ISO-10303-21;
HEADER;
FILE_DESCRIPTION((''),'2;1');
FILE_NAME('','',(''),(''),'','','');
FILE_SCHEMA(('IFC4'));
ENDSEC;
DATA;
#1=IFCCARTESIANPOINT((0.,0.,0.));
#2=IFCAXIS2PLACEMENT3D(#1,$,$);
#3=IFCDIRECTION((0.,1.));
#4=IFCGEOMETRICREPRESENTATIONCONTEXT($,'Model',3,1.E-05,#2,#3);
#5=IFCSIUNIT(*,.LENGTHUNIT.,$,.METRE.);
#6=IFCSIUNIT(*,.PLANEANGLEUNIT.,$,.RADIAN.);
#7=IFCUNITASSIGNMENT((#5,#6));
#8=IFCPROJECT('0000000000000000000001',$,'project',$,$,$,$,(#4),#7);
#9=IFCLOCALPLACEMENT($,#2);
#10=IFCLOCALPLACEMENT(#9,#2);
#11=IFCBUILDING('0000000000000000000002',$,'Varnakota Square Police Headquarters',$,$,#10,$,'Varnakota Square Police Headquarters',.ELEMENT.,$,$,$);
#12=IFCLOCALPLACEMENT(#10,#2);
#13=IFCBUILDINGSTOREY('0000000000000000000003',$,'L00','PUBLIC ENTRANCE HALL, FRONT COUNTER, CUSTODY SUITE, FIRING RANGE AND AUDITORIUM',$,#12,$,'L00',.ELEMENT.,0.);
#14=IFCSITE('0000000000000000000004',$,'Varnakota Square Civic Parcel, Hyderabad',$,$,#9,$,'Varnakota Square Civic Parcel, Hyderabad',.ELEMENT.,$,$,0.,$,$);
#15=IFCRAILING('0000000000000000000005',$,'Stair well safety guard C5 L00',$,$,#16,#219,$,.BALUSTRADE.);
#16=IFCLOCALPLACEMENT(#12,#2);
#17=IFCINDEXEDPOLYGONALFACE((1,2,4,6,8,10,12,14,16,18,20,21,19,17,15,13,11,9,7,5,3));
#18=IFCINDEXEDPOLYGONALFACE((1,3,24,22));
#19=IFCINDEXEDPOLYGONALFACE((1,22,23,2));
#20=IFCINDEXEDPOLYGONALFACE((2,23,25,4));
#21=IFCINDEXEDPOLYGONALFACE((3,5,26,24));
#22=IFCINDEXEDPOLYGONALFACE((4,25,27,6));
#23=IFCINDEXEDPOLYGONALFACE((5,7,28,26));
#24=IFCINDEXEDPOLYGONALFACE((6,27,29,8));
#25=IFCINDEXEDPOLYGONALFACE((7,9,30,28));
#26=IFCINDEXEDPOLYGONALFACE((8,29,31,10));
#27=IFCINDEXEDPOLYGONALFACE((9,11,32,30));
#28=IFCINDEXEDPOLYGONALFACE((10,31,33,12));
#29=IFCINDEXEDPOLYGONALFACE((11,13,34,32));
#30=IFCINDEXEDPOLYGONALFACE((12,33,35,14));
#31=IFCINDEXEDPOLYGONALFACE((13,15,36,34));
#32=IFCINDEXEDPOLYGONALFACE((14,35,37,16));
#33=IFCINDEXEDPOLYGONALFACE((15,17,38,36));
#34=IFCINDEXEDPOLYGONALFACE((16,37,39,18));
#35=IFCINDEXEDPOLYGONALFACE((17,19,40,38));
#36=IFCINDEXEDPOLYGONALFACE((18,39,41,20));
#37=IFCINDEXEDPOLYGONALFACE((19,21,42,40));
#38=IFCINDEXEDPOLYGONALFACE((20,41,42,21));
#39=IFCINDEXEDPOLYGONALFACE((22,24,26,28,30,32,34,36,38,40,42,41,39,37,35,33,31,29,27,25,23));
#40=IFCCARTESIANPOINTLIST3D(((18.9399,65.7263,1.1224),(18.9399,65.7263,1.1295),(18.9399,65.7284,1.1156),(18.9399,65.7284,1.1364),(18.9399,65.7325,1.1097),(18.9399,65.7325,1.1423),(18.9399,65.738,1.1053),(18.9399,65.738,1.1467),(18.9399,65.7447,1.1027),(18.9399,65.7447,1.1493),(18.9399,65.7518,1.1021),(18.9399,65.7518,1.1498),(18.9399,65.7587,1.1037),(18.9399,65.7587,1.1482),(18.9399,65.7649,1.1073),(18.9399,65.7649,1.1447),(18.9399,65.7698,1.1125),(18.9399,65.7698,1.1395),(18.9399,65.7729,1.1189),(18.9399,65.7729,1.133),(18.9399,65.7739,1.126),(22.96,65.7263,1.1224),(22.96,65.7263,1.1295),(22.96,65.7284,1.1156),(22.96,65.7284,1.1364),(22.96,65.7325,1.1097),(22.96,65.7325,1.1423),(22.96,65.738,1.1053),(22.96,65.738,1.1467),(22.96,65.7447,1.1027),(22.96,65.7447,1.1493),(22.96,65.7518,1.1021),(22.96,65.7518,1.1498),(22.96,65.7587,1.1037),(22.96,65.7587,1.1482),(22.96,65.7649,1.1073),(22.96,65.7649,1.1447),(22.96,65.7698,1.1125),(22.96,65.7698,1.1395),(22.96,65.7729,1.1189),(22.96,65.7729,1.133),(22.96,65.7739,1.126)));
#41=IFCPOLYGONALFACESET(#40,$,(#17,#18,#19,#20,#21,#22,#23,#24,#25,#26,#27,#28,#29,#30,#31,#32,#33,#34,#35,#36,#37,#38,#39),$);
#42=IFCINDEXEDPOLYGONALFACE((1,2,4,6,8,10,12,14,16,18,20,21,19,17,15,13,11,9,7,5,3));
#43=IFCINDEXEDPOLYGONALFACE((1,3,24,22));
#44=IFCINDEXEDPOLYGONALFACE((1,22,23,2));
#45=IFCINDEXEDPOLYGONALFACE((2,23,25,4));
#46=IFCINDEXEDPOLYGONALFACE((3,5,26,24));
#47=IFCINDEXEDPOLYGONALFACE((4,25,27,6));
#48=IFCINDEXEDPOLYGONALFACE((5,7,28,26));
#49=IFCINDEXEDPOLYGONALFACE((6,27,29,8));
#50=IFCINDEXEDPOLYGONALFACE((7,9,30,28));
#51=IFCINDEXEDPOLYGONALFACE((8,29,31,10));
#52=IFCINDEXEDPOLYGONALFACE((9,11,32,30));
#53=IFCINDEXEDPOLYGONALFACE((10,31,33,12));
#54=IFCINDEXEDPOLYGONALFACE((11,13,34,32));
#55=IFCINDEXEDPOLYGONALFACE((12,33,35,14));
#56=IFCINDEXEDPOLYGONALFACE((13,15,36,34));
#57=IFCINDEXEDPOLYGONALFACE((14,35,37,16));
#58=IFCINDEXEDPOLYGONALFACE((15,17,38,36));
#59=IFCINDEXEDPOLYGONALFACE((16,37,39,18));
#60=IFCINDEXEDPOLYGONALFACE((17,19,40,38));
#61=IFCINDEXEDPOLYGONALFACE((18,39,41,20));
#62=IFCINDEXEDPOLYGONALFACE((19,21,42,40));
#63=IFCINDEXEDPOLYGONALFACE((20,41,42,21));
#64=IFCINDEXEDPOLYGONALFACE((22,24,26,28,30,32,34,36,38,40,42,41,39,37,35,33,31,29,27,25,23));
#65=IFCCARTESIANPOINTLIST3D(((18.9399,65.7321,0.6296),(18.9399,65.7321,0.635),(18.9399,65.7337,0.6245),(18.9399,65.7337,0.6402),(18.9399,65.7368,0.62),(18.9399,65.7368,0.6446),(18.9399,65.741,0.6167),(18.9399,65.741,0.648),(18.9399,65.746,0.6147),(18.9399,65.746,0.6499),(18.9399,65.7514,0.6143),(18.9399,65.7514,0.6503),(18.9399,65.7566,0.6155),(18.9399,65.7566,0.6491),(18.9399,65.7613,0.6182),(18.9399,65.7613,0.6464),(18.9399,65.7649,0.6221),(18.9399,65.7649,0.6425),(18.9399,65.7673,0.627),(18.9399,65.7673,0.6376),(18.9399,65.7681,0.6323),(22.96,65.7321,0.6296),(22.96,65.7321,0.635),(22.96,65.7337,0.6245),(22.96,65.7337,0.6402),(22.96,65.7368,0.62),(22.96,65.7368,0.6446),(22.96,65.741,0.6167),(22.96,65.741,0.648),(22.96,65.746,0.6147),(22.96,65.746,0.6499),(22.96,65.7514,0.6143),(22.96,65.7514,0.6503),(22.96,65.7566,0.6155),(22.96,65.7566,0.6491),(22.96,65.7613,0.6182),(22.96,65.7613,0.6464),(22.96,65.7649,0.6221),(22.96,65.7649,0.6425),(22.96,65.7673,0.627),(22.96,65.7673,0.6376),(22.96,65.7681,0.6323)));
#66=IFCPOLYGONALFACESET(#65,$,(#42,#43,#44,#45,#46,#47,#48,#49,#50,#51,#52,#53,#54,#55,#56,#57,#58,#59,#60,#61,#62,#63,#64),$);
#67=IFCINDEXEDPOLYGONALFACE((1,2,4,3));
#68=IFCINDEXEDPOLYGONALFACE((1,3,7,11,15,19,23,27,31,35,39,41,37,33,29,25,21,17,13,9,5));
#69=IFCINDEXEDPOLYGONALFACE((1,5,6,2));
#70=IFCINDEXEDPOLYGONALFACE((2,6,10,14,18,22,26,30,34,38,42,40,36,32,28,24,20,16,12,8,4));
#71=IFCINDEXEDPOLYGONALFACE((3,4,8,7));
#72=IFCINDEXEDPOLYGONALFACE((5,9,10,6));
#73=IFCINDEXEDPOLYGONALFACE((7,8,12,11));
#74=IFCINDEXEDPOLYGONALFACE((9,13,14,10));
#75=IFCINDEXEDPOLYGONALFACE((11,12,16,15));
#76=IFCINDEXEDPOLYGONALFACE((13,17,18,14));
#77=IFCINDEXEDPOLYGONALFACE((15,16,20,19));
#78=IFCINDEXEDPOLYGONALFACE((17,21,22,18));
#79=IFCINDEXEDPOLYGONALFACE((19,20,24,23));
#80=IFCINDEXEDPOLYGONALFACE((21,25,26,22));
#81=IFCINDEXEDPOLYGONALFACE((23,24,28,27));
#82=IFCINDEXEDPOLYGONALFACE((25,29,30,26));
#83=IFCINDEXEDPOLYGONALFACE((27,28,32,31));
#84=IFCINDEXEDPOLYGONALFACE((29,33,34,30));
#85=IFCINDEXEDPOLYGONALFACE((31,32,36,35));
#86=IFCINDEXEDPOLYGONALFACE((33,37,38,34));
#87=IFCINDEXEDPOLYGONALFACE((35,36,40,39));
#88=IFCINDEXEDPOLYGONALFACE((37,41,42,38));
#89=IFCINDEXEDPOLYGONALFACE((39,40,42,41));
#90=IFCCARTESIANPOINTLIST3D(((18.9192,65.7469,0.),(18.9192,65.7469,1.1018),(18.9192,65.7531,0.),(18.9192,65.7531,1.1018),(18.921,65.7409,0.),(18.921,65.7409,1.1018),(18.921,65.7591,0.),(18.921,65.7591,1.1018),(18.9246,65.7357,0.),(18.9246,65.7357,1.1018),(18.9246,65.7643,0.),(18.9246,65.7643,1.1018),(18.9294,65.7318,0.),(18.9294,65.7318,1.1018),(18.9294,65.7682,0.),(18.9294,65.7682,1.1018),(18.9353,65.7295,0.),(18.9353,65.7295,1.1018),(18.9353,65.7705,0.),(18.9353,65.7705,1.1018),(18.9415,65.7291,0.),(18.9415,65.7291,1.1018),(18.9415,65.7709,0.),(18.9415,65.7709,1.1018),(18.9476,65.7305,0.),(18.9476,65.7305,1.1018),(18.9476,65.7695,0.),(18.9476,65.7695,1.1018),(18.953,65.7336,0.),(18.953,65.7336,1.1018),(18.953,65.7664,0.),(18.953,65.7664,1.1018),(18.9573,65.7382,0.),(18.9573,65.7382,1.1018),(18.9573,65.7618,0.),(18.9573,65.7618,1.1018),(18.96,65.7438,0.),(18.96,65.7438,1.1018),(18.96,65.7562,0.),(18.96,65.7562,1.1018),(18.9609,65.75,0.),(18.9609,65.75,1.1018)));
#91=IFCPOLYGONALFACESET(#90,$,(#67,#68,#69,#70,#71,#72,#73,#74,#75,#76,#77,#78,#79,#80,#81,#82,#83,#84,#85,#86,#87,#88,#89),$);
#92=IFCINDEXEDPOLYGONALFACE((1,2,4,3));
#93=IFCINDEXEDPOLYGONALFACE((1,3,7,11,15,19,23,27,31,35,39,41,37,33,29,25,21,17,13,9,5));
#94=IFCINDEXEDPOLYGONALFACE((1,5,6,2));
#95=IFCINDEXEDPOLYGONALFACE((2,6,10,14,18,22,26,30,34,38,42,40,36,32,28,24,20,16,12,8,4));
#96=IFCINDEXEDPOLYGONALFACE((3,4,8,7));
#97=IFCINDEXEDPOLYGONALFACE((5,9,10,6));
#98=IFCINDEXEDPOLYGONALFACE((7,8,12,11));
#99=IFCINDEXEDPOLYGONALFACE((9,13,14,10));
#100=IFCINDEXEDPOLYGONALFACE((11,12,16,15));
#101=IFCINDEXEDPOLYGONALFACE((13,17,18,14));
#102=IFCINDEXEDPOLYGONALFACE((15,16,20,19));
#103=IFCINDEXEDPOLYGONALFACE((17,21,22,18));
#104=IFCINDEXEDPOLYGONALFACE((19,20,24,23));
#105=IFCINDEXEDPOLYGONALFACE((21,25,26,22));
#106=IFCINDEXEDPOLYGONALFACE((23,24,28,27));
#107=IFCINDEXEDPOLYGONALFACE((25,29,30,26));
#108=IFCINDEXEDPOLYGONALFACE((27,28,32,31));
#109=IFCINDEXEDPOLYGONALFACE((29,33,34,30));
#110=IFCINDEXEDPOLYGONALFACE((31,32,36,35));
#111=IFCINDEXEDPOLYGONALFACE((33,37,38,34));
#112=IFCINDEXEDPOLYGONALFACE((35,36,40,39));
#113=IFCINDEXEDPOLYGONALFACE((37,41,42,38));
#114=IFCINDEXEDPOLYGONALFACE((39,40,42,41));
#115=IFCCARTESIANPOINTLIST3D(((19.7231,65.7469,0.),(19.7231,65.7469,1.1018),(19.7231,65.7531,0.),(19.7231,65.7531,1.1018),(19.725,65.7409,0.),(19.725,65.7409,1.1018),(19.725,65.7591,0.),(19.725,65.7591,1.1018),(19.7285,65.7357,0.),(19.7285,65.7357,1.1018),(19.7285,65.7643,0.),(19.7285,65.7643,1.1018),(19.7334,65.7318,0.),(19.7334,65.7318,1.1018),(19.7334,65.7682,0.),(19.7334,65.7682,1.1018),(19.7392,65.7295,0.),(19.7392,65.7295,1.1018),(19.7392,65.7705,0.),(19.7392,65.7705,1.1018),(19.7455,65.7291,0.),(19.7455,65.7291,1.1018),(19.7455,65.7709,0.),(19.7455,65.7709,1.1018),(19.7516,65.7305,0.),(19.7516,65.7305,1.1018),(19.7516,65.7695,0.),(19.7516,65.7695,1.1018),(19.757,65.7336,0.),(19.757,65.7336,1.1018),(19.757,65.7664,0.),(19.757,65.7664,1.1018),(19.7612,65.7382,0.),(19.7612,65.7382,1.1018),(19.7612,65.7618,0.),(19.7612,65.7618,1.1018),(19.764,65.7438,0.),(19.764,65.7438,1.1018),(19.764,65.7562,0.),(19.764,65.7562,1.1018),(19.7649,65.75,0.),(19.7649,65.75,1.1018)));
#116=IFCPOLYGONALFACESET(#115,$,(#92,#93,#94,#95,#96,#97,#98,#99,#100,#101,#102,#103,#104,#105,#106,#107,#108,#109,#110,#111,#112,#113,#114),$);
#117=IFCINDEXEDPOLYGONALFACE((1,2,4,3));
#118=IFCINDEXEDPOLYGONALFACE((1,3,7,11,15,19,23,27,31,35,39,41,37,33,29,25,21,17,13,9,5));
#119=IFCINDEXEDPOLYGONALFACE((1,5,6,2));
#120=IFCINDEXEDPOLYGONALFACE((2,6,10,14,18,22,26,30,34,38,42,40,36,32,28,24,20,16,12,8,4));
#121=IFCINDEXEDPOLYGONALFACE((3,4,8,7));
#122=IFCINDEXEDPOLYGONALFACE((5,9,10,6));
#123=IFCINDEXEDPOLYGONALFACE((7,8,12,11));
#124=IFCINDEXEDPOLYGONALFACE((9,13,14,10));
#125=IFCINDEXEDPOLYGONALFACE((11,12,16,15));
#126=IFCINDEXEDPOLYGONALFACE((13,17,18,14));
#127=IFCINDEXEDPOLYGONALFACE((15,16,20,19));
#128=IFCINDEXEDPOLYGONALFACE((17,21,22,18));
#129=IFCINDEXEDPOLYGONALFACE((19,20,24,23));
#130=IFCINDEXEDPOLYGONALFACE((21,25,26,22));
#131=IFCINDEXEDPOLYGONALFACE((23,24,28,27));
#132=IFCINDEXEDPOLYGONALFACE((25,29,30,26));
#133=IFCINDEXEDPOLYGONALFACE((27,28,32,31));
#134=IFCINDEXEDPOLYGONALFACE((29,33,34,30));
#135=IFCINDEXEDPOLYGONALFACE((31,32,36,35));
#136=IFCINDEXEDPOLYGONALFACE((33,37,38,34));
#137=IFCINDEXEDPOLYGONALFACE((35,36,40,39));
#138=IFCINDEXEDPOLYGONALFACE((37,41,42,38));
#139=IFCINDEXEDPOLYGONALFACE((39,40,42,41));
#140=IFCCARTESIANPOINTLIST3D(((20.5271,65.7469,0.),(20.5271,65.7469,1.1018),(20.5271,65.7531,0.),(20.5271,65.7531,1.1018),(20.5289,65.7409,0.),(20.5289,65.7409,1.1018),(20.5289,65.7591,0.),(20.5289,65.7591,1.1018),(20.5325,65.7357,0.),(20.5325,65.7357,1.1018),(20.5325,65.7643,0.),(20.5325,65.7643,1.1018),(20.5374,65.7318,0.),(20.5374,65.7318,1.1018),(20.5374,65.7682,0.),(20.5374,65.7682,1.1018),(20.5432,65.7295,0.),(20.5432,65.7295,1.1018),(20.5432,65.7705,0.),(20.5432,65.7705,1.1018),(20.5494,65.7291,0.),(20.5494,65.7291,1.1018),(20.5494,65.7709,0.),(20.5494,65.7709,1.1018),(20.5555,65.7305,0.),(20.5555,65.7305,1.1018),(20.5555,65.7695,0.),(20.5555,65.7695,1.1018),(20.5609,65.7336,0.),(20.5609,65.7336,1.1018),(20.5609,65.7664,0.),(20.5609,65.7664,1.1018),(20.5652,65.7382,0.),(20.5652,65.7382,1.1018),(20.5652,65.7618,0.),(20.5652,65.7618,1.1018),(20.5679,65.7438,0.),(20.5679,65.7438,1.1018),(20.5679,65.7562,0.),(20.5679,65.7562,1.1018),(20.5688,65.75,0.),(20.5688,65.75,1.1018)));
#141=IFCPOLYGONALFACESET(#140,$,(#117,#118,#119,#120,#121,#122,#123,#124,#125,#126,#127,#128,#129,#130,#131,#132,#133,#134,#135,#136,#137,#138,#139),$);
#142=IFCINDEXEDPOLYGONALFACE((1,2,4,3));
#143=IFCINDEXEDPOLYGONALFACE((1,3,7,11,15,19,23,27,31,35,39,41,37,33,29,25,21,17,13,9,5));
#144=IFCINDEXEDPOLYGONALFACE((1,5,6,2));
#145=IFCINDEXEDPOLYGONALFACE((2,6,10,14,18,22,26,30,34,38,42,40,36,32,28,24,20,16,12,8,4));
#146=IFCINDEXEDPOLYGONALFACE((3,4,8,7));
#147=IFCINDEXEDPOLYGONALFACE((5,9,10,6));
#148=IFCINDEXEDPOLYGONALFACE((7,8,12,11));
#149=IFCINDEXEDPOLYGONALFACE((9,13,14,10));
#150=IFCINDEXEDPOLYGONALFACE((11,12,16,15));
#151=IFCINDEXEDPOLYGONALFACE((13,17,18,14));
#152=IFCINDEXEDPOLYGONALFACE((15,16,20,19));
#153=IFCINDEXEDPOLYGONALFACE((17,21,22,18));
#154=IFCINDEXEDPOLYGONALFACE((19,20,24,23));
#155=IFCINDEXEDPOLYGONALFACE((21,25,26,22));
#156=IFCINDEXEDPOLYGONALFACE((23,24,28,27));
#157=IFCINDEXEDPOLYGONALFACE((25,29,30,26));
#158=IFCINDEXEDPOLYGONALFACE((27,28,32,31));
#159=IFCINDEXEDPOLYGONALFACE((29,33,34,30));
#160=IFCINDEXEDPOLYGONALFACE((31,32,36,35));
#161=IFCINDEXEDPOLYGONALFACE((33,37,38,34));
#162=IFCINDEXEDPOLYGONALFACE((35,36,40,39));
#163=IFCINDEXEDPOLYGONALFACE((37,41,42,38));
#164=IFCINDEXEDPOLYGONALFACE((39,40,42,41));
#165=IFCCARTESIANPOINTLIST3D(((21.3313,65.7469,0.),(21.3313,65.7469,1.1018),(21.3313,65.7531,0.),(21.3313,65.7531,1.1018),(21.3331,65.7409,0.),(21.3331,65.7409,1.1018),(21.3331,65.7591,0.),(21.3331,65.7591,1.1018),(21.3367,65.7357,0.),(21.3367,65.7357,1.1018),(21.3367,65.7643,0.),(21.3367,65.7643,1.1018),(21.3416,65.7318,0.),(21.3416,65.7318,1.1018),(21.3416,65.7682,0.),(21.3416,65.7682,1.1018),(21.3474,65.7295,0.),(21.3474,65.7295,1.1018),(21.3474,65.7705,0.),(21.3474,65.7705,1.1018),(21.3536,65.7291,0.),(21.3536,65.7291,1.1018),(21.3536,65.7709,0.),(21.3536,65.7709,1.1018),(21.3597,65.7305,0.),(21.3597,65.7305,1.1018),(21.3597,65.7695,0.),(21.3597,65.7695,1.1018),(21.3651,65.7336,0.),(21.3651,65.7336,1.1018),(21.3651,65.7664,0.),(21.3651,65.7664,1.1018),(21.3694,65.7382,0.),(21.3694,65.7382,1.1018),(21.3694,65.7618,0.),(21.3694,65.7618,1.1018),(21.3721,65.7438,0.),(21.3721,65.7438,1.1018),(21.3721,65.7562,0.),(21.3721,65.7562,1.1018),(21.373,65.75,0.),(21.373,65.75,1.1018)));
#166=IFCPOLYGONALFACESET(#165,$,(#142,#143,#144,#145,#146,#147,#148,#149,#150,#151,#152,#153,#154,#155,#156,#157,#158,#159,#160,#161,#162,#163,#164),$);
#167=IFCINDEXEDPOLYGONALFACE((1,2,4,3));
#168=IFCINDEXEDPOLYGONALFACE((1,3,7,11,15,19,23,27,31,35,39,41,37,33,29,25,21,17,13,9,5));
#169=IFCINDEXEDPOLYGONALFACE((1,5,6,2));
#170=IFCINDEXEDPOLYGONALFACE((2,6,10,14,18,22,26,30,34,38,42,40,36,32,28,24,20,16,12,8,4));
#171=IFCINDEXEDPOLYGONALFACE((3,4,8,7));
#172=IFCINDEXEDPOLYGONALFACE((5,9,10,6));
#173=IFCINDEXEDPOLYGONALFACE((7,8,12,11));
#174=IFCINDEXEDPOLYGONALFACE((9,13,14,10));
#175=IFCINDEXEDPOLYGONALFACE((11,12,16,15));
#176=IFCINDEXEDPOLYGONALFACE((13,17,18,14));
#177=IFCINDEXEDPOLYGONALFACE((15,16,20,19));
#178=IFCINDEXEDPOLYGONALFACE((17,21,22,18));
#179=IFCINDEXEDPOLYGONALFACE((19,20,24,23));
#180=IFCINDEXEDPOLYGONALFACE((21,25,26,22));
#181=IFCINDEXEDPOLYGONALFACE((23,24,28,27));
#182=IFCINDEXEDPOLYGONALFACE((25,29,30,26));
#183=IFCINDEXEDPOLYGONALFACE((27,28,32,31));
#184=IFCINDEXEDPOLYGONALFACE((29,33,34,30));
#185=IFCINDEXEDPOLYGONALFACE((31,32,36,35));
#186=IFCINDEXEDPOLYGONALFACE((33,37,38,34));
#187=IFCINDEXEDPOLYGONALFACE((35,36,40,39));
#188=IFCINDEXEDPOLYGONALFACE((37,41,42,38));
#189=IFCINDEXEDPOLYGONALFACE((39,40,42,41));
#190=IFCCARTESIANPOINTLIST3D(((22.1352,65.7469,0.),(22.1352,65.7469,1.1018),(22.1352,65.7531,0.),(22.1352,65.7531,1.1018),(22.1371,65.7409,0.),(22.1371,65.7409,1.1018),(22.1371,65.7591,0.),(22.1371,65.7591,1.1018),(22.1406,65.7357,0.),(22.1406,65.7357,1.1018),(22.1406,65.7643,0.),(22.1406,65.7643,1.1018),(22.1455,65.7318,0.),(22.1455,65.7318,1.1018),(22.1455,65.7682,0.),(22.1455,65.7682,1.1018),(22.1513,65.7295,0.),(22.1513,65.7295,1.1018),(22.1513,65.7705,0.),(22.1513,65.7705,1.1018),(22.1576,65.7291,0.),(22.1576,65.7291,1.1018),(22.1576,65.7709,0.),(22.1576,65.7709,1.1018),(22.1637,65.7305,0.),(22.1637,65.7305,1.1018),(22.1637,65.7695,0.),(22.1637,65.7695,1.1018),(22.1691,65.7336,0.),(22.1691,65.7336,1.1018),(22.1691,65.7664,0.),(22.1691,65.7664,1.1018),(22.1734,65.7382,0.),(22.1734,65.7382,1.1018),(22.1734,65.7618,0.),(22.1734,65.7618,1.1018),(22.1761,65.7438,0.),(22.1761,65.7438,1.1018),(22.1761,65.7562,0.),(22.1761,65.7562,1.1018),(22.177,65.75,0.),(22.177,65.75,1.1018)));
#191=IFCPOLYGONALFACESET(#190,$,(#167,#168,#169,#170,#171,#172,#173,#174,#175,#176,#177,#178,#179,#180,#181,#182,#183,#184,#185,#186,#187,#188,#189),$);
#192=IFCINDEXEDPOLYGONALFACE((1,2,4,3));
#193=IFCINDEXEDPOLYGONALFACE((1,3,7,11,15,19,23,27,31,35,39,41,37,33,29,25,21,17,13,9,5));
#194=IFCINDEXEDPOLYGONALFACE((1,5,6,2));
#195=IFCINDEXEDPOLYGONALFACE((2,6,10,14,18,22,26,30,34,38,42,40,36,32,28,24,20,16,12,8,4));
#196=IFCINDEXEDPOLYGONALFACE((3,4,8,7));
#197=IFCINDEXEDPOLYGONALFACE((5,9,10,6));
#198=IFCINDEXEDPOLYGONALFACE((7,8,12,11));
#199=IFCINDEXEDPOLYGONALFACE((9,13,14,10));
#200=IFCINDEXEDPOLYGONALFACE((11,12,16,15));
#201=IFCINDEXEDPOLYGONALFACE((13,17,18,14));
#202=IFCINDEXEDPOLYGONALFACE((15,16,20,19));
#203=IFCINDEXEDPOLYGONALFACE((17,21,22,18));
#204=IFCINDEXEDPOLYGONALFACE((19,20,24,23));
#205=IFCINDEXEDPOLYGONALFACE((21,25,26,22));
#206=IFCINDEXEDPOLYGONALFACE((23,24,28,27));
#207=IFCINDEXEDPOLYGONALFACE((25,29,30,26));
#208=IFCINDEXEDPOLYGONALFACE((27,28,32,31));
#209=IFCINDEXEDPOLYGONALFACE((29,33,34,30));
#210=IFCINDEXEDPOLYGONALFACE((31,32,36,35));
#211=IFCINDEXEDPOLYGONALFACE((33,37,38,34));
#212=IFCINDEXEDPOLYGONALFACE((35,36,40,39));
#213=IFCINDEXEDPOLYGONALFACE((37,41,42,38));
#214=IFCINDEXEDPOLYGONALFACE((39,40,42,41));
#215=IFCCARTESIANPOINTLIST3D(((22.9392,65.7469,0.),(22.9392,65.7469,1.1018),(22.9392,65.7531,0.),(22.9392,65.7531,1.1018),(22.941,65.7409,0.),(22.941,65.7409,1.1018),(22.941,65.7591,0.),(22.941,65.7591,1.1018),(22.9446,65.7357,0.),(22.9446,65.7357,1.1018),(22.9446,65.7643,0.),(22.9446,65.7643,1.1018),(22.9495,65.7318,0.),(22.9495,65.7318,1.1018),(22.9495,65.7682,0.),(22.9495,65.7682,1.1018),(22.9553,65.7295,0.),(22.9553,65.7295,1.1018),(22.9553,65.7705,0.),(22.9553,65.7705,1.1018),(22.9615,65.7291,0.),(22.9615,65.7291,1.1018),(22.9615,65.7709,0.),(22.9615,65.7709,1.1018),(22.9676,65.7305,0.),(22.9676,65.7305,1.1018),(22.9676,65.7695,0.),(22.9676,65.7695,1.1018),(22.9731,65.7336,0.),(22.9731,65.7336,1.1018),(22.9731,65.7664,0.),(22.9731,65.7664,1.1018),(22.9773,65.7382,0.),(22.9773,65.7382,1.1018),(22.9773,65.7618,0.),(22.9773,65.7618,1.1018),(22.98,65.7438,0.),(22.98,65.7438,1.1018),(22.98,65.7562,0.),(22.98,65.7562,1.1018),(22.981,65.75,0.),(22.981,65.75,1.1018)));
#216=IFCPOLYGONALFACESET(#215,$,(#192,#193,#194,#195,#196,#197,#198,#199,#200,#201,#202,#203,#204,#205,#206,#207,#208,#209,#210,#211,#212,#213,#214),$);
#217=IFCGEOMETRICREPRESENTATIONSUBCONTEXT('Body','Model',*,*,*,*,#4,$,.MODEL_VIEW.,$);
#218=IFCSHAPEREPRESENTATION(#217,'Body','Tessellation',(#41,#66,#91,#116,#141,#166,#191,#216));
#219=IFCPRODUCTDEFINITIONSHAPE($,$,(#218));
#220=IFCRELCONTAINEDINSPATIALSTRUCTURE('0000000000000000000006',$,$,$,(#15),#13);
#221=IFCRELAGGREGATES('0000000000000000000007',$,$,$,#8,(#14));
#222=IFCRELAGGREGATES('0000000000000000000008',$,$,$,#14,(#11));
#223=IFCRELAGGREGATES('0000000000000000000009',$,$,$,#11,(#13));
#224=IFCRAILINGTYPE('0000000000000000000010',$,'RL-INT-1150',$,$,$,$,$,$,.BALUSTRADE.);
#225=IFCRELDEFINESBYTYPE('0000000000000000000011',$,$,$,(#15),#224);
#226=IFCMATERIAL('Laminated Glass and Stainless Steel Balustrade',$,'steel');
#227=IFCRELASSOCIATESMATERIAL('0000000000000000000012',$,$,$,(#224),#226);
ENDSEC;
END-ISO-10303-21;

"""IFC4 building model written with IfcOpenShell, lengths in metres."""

from ifc_helpers import new_model, si_unit, direction, frame, origin, origin_2d, place, context, subcontext, project, spatial, circle, extrude, material, type_object, element, save


model = new_model("IFC4")

# Units and contexts
model_context = context("Model", 3, precision=1e-05, world=origin(), true_north=direction((0.0, 1.0)))
body_context = subcontext(model_context, "Body", "Model", "MODEL_VIEW")
ifc_project = project(units=[si_unit("LENGTHUNIT", "METRE"), si_unit("PLANEANGLEUNIT", "RADIAN")], contexts=[model_context])

# Site, building, storey
site_placement = place(None, origin())
site = spatial("IfcSite", under=ifc_project, at=site_placement, Name="Varnakota Square Civic Parcel, Hyderabad", LongName="Varnakota Square Civic Parcel, Hyderabad", CompositionType="ELEMENT", RefElevation=0.0)
building_placement = place(site_placement, origin())
building = spatial("IfcBuilding", under=site, at=building_placement, Name="Varnakota Square Police Headquarters", LongName="Varnakota Square Police Headquarters", CompositionType="ELEMENT")
storey_placement = place(building_placement, origin())
storey = spatial("IfcBuildingStorey", under=building, at=storey_placement, Name="L00", Description="PUBLIC ENTRANCE HALL, FRONT COUNTER, CUSTODY SUITE, FIRING RANGE AND AUDITORIUM", LongName="L00", CompositionType="ELEMENT", Elevation=0.0)

# Railing
ifc_material_1 = material(Name="Laminated Glass and Stainless Steel Balustrade", Category="steel")
railing_type_1 = type_object("IfcRailingType", Name="RL-INT-1150", PredefinedType="BALUSTRADE", material=ifc_material_1)
railing_1_placement = place(storey_placement, frame((18.9399, 65.75, 0.0)))
element("IfcRailing", 1, at=railing_1_placement, inside=storey, type_object=railing_type_1, Name="Stair well safety guard C5 L00", PredefinedType="BALUSTRADE", context=body_context, shape_type="SweptSolid", body=[
    extrude(circle(Radius=0.0239, at=origin_2d()), frame((0.0, 0.0, 1.126), z_axis=(1.0, 0.0, 0.0), x_axis=(0.0, 1.0, 0.0)), (0.0, 0.0, 1.0), 4.02),
    extrude(circle(Radius=0.0181, at=origin_2d()), frame((0.0, 0.0, 0.6323), z_axis=(1.0, 0.0, 0.0), x_axis=(0.0, 1.0, 0.0)), (0.0, 0.0, 1.0), 4.02),
    extrude(circle(Radius=0.021, at=origin_2d()), origin(), (0.0, 0.0, 1.0), 1.1018),
    extrude(circle(Radius=0.021, at=origin_2d()), frame((0.804, 0.0, 0.0)), (0.0, 0.0, 1.0), 1.1018),
    extrude(circle(Radius=0.021, at=origin_2d()), frame((1.6079, 0.0, 0.0)), (0.0, 0.0, 1.0), 1.1018),
    extrude(circle(Radius=0.021, at=origin_2d()), frame((2.4121, 0.0, 0.0)), (0.0, 0.0, 1.0), 1.1018),
    extrude(circle(Radius=0.021, at=origin_2d()), frame((3.2161, 0.0, 0.0)), (0.0, 0.0, 1.0), 1.1018),
    extrude(circle(Radius=0.021, at=origin_2d()), frame((4.02, 0.0, 0.0)), (0.0, 0.0, 1.0), 1.1018),
])

save(model, "model.ifc")
